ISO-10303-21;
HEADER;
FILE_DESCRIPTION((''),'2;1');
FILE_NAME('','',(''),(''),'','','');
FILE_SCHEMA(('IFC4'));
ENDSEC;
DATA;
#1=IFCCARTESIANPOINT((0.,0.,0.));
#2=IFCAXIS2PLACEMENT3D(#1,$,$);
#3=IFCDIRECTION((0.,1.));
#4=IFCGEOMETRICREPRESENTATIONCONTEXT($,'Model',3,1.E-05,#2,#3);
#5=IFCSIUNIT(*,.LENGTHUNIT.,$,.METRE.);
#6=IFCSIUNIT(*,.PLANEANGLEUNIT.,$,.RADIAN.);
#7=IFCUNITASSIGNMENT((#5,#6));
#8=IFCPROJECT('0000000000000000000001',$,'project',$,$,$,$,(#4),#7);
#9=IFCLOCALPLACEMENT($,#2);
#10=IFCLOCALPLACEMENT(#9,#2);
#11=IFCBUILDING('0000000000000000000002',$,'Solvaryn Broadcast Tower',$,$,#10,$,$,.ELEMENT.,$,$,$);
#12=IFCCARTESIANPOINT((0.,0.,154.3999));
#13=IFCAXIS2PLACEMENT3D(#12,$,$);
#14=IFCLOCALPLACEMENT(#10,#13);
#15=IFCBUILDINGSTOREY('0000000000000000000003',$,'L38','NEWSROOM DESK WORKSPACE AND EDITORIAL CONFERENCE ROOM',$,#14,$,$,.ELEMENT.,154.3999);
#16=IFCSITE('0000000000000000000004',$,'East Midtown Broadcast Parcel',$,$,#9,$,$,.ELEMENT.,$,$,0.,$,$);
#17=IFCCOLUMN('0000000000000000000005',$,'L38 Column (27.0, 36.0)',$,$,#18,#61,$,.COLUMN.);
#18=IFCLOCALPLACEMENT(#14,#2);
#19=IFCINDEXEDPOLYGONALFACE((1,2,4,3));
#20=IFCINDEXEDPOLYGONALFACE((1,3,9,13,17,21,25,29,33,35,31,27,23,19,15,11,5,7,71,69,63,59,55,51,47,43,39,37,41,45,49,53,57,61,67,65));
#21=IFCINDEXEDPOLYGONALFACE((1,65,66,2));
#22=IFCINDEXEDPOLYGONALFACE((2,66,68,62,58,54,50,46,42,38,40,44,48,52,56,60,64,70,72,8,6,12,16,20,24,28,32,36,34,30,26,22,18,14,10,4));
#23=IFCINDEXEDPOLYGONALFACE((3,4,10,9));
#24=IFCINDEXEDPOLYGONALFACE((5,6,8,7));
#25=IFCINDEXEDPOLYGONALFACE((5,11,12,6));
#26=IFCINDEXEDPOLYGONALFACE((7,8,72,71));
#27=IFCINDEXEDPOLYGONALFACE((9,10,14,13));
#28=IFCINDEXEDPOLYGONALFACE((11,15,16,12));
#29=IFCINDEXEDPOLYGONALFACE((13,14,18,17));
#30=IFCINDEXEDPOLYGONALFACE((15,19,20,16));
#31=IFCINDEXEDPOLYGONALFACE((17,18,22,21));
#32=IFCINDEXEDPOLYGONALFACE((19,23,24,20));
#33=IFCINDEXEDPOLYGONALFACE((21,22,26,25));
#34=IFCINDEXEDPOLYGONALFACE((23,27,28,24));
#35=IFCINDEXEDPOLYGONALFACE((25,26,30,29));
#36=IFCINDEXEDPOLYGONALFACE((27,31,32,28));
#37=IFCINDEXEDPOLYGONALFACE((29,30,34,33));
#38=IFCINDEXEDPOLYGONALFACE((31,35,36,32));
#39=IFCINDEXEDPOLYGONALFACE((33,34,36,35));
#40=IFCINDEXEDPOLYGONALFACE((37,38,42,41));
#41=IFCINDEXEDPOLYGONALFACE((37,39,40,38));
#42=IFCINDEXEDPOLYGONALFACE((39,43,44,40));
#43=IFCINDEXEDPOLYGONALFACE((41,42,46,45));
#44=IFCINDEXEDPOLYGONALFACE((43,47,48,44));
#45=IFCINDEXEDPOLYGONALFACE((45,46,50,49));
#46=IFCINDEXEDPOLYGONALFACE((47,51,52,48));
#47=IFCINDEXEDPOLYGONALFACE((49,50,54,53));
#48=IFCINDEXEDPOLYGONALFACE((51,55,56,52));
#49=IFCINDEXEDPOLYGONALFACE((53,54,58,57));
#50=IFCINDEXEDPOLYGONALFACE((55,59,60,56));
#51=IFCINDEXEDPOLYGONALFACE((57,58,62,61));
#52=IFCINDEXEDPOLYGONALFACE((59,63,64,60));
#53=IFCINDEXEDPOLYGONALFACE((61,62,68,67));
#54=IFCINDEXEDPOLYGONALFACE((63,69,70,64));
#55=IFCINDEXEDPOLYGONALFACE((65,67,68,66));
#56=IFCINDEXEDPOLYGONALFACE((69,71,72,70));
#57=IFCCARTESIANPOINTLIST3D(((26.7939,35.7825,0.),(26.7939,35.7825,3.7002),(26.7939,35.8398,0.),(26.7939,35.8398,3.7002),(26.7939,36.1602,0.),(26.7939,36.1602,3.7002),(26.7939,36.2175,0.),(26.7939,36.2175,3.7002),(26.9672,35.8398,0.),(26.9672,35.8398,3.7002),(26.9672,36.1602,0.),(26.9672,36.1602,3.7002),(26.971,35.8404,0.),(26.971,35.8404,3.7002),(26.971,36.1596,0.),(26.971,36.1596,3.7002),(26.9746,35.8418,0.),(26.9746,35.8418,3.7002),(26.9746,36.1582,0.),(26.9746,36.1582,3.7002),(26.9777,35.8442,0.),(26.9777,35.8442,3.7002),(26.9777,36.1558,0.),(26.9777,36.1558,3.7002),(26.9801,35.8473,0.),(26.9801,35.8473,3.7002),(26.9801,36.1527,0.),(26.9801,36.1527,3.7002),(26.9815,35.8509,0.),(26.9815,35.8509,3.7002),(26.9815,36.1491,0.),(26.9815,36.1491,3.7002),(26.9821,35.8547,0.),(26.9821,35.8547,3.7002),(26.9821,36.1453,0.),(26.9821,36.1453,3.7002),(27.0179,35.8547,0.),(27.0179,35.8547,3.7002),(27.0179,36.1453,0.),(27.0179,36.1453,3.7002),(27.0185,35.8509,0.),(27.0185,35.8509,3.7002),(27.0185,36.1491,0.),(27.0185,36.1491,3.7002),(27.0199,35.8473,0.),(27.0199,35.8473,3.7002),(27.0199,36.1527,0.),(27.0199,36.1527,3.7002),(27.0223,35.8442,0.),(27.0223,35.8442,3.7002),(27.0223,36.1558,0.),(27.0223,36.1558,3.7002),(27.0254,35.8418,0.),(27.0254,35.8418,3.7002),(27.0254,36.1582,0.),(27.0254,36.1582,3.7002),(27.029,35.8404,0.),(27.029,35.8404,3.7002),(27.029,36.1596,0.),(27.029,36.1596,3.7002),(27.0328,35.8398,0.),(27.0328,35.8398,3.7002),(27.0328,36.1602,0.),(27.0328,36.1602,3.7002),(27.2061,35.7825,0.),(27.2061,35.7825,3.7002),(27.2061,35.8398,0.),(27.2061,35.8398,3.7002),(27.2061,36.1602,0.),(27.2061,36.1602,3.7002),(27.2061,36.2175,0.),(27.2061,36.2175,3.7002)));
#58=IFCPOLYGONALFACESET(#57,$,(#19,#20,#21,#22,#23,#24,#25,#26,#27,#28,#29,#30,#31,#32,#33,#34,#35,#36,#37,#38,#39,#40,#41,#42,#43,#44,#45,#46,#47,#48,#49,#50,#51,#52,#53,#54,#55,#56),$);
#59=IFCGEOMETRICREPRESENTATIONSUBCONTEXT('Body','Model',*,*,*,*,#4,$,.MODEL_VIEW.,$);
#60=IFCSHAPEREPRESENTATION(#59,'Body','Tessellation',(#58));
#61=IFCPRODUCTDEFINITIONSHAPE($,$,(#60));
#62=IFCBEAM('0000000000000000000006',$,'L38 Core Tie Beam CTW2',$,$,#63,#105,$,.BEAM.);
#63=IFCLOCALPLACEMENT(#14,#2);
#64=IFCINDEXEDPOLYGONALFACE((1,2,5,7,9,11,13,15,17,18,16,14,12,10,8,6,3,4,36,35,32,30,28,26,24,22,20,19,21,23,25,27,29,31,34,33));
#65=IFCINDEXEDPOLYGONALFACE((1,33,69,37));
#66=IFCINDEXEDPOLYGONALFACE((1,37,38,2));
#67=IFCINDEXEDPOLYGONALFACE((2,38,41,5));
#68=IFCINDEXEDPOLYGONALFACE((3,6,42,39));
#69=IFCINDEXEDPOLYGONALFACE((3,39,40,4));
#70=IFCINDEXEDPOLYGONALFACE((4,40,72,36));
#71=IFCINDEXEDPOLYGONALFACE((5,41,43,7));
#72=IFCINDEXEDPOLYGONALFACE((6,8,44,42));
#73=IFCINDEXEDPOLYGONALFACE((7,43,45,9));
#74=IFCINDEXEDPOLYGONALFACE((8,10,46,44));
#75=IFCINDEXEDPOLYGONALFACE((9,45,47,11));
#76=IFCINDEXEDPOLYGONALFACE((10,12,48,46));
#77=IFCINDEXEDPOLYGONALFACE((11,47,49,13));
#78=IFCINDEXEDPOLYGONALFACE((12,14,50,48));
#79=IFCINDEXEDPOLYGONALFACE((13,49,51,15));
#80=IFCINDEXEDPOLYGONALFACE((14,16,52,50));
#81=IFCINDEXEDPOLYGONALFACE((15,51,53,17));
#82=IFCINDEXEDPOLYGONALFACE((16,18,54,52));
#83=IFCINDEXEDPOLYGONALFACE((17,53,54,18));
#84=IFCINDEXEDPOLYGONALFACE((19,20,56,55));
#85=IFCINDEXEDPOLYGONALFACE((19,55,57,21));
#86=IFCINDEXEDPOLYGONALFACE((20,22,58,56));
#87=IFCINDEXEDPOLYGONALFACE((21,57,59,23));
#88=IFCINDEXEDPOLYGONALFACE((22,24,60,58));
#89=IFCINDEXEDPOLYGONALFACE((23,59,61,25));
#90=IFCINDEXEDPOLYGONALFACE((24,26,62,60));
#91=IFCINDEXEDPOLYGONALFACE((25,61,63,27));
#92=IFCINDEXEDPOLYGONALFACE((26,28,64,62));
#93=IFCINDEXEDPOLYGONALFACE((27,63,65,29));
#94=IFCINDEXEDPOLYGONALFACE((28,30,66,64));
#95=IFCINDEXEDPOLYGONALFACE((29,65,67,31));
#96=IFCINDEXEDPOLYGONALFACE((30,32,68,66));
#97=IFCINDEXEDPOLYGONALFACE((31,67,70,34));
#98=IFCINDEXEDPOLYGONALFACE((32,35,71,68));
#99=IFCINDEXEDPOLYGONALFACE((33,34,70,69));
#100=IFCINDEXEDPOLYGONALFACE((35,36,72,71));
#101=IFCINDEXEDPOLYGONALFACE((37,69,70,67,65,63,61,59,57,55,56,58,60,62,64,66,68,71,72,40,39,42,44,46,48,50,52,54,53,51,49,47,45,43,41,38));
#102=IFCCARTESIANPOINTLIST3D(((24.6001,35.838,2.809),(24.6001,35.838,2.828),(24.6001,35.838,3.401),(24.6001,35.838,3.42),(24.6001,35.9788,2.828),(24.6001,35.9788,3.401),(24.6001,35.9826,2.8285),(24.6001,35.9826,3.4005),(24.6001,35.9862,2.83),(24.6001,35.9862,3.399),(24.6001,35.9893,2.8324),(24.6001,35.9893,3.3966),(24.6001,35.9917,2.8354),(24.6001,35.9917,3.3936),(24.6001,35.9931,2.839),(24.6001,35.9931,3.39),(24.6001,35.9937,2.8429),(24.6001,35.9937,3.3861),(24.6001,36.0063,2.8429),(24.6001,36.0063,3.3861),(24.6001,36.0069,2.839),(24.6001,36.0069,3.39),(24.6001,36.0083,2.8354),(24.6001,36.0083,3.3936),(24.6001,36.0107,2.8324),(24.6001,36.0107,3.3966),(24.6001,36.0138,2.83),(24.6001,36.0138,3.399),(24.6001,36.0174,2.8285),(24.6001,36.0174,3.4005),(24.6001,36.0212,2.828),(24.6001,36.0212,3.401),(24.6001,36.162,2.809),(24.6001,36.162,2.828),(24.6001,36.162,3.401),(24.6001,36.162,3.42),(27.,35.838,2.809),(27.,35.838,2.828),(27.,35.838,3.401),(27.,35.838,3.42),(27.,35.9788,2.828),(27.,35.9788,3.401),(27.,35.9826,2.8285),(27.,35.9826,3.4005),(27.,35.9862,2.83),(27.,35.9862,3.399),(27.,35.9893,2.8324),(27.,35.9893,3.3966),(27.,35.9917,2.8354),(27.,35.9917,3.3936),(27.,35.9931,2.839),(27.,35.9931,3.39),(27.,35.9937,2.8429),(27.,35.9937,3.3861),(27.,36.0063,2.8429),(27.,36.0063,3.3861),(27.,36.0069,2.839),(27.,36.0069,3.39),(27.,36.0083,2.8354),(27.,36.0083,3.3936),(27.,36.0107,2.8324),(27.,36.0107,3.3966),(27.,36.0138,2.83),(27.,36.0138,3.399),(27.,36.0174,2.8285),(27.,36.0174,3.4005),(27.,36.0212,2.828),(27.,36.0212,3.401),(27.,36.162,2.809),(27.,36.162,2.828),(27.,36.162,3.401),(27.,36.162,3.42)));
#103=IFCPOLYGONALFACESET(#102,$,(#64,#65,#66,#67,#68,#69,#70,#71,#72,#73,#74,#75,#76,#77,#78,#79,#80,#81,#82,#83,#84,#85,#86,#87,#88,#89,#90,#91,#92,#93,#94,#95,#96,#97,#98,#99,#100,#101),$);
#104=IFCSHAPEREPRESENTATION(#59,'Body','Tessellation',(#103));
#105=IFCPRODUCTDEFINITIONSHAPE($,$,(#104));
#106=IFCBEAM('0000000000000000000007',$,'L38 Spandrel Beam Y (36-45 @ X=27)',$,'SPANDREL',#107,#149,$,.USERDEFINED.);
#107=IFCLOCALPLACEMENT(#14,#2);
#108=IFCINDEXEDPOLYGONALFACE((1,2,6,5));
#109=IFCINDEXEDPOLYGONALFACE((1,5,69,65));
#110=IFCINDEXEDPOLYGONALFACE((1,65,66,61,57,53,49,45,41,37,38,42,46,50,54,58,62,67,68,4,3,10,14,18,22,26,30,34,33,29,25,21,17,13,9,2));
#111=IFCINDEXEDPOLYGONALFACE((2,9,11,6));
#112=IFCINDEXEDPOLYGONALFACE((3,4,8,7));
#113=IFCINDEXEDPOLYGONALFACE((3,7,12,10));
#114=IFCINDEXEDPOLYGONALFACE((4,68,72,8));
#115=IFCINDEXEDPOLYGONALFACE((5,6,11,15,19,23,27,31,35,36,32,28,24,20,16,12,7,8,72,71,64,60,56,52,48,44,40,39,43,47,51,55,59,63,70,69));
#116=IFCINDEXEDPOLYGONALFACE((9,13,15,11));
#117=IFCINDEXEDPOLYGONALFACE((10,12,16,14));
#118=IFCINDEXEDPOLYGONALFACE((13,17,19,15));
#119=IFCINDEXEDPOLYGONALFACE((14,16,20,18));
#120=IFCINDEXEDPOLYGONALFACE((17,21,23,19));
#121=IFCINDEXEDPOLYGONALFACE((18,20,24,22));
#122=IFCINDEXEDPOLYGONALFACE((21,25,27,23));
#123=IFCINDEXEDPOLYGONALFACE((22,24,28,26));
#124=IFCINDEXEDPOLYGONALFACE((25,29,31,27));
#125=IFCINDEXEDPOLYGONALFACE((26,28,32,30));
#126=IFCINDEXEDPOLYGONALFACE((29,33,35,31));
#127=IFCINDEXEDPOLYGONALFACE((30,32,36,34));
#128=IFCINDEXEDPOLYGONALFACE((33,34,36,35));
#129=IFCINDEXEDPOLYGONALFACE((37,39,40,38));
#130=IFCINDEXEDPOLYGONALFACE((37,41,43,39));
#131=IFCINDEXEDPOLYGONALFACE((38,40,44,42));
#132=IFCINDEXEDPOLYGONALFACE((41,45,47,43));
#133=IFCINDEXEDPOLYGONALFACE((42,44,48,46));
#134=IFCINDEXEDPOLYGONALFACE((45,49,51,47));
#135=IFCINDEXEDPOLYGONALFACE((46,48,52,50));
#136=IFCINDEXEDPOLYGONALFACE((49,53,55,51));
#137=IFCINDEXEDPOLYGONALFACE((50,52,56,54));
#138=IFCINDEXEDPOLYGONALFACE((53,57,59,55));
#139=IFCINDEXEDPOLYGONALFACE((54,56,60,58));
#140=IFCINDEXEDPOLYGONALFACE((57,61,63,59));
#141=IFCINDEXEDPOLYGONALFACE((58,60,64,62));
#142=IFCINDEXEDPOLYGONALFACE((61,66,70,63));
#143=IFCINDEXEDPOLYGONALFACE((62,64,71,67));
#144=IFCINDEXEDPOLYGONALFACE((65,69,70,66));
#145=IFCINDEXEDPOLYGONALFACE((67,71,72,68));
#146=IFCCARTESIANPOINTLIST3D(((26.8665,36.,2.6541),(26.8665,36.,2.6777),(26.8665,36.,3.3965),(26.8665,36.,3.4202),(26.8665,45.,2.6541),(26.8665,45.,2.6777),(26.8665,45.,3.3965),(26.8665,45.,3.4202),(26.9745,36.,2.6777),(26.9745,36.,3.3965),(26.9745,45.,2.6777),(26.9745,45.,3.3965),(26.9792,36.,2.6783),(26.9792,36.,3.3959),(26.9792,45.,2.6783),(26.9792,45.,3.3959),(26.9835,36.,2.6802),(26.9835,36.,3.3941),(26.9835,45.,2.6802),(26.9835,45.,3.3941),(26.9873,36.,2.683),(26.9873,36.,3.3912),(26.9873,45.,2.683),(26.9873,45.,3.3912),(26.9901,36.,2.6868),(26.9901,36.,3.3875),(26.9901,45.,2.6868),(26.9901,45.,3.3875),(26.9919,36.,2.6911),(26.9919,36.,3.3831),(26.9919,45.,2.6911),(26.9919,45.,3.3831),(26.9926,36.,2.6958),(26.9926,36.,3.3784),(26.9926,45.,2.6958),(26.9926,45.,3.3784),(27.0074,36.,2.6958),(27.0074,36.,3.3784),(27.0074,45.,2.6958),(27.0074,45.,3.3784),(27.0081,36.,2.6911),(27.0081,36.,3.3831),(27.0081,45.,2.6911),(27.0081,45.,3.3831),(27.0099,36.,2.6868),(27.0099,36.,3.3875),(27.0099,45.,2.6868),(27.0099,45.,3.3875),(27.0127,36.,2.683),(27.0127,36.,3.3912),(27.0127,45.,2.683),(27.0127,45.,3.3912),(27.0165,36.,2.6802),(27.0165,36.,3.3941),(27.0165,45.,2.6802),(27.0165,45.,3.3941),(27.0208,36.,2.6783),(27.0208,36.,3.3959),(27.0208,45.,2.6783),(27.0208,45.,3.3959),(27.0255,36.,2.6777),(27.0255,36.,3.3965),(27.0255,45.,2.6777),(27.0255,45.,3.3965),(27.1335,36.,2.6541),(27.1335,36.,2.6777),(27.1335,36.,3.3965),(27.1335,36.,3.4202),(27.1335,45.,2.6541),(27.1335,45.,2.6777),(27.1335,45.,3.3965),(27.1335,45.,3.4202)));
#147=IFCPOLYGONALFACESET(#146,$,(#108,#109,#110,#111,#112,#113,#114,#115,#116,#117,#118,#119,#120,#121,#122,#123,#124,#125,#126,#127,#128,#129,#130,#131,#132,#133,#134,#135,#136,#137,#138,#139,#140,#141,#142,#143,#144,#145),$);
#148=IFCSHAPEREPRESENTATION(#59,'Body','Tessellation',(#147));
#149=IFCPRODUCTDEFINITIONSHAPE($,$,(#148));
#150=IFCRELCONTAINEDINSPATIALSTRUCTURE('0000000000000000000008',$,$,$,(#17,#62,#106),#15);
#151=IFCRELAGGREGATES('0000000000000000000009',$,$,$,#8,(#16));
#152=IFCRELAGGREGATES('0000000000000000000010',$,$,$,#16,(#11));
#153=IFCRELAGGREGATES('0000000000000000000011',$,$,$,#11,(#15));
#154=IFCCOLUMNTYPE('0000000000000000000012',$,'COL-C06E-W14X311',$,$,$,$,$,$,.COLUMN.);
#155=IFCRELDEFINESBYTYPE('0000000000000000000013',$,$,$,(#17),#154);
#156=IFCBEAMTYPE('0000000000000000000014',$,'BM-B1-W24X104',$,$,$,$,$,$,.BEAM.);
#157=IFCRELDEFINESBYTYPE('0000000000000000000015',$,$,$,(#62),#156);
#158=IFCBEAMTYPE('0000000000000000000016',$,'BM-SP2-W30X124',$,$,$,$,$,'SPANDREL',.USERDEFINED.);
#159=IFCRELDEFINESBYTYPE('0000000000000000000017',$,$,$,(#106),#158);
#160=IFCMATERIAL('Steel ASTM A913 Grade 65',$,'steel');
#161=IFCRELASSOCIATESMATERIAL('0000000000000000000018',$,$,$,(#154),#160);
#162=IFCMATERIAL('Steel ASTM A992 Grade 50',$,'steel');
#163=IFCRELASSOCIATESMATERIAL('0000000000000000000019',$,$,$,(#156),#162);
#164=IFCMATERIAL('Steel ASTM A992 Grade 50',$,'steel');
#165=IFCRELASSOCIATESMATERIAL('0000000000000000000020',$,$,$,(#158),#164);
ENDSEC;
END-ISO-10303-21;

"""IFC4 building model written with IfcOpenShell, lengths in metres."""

from ifc_helpers import new_model, si_unit, direction, frame, origin, origin_2d, place, context, subcontext, project, spatial, i_section, extrude, material, material_profile, profile_set, type_object, element, save


model = new_model("IFC4")

# Units and contexts
model_context = context("Model", 3, precision=1e-05, world=origin(), true_north=direction((0.0, 1.0)))
body_context = subcontext(model_context, "Body", "Model", "MODEL_VIEW")
ifc_project = project(units=[si_unit("LENGTHUNIT", "METRE"), si_unit("PLANEANGLEUNIT", "RADIAN")], contexts=[model_context])

# Site, building, storey
site_placement = place(None, origin())
site = spatial("IfcSite", under=ifc_project, at=site_placement, Name="East Midtown Broadcast Parcel", CompositionType="ELEMENT", RefElevation=0.0)
building_placement = place(site_placement, origin())
building = spatial("IfcBuilding", under=site, at=building_placement, Name="Solvaryn Broadcast Tower", CompositionType="ELEMENT")
storey_placement = place(building_placement, frame((0.0, 0.0, 154.3999)))
storey = spatial("IfcBuildingStorey", under=building, at=storey_placement, Name="L38", Description="NEWSROOM DESK WORKSPACE AND EDITORIAL CONFERENCE ROOM", CompositionType="ELEMENT", Elevation=154.3999)

# Column
ifc_material_1 = material(Name="Steel ASTM A913 Grade 65", Category="steel")
ifc_material_profile_1 = material_profile(ifc_material_1, i_section(OverallWidth=0.4121, OverallDepth=0.4351, WebThickness=0.0359, FlangeThickness=0.0574, FilletRadius=0.0149, at=origin_2d()))
ifc_profile_set_1 = profile_set([ifc_material_profile_1], Name="Steel ASTM A913 Grade 65")
column_type = type_object("IfcColumnType", Name="COL-C06E-W14X311", PredefinedType="COLUMN", material=ifc_profile_set_1)
column_placement = place(storey_placement, frame((27.0, 36.0, 0.0), z_axis=(0.0, 0.0, 1.0), x_axis=(1.0, 0.0, 0.0)))
element("IfcColumn", 1, at=column_placement, inside=storey, type_object=column_type, Name="L38 Column (27.0, 36.0)", PredefinedType="COLUMN", context=body_context, shape_type="SweptSolid", body=[
    extrude(i_section(OverallWidth=0.4121, OverallDepth=0.4351, WebThickness=0.0359, FlangeThickness=0.0574, FilletRadius=0.0149, at=origin_2d()), origin(), (0.0, 0.0, 1.0), 3.7002),
])

# Beams
ifc_material_2 = material(Name="Steel ASTM A992 Grade 50", Category="steel")
ifc_material_profile_2 = material_profile(ifc_material_2, i_section(OverallWidth=0.324, OverallDepth=0.6111, WebThickness=0.0127, FlangeThickness=0.019, FilletRadius=0.0149, at=origin_2d()))
ifc_profile_set_2 = profile_set([ifc_material_profile_2], Name="Steel ASTM A992 Grade 50")
beam_type_1 = type_object("IfcBeamType", Name="BM-B1-W24X104", PredefinedType="BEAM", material=ifc_profile_set_2)
beam_1_placement = place(storey_placement, frame((24.6001, 36.0, 3.1145), z_axis=(1.0, 0.0, 0.0), x_axis=(0.0, 1.0, 0.0)))
element("IfcBeam", 2, at=beam_1_placement, inside=storey, type_object=beam_type_1, Name="L38 Core Tie Beam CTW2", PredefinedType="BEAM", context=body_context, shape_type="SweptSolid", body=[
    extrude(i_section(OverallWidth=0.324, OverallDepth=0.6111, WebThickness=0.0127, FlangeThickness=0.019, FilletRadius=0.0149, at=origin_2d()), origin(), (0.0, 0.0, 1.0), 2.3999),
])
ifc_material_3 = material(Name="Steel ASTM A992 Grade 50", Category="steel")
ifc_material_profile_3 = material_profile(ifc_material_3, i_section(OverallWidth=0.2671, OverallDepth=0.7661, WebThickness=0.0149, FlangeThickness=0.0237, FilletRadius=0.0181, at=origin_2d()))
ifc_profile_set_3 = profile_set([ifc_material_profile_3], Name="Steel ASTM A992 Grade 50")
beam_type_2 = type_object("IfcBeamType", Name="BM-SP2-W30X124", ElementType="SPANDREL", PredefinedType="USERDEFINED", material=ifc_profile_set_3)
beam_2_placement = place(storey_placement, frame((27.0, 36.0, 3.0371), z_axis=(0.0, 1.0, 0.0), x_axis=(-1.0, 0.0, 0.0)))
element("IfcBeam", 3, at=beam_2_placement, inside=storey, type_object=beam_type_2, Name="L38 Spandrel Beam Y (36-45 @ X=27)", ObjectType="SPANDREL", PredefinedType="USERDEFINED", context=body_context, shape_type="SweptSolid", body=[
    extrude(i_section(OverallWidth=0.2671, OverallDepth=0.7661, WebThickness=0.0149, FlangeThickness=0.0237, FilletRadius=0.0181, at=origin_2d()), origin(), (0.0, 0.0, 1.0), 9.0),
])

save(model, "model.ifc")
